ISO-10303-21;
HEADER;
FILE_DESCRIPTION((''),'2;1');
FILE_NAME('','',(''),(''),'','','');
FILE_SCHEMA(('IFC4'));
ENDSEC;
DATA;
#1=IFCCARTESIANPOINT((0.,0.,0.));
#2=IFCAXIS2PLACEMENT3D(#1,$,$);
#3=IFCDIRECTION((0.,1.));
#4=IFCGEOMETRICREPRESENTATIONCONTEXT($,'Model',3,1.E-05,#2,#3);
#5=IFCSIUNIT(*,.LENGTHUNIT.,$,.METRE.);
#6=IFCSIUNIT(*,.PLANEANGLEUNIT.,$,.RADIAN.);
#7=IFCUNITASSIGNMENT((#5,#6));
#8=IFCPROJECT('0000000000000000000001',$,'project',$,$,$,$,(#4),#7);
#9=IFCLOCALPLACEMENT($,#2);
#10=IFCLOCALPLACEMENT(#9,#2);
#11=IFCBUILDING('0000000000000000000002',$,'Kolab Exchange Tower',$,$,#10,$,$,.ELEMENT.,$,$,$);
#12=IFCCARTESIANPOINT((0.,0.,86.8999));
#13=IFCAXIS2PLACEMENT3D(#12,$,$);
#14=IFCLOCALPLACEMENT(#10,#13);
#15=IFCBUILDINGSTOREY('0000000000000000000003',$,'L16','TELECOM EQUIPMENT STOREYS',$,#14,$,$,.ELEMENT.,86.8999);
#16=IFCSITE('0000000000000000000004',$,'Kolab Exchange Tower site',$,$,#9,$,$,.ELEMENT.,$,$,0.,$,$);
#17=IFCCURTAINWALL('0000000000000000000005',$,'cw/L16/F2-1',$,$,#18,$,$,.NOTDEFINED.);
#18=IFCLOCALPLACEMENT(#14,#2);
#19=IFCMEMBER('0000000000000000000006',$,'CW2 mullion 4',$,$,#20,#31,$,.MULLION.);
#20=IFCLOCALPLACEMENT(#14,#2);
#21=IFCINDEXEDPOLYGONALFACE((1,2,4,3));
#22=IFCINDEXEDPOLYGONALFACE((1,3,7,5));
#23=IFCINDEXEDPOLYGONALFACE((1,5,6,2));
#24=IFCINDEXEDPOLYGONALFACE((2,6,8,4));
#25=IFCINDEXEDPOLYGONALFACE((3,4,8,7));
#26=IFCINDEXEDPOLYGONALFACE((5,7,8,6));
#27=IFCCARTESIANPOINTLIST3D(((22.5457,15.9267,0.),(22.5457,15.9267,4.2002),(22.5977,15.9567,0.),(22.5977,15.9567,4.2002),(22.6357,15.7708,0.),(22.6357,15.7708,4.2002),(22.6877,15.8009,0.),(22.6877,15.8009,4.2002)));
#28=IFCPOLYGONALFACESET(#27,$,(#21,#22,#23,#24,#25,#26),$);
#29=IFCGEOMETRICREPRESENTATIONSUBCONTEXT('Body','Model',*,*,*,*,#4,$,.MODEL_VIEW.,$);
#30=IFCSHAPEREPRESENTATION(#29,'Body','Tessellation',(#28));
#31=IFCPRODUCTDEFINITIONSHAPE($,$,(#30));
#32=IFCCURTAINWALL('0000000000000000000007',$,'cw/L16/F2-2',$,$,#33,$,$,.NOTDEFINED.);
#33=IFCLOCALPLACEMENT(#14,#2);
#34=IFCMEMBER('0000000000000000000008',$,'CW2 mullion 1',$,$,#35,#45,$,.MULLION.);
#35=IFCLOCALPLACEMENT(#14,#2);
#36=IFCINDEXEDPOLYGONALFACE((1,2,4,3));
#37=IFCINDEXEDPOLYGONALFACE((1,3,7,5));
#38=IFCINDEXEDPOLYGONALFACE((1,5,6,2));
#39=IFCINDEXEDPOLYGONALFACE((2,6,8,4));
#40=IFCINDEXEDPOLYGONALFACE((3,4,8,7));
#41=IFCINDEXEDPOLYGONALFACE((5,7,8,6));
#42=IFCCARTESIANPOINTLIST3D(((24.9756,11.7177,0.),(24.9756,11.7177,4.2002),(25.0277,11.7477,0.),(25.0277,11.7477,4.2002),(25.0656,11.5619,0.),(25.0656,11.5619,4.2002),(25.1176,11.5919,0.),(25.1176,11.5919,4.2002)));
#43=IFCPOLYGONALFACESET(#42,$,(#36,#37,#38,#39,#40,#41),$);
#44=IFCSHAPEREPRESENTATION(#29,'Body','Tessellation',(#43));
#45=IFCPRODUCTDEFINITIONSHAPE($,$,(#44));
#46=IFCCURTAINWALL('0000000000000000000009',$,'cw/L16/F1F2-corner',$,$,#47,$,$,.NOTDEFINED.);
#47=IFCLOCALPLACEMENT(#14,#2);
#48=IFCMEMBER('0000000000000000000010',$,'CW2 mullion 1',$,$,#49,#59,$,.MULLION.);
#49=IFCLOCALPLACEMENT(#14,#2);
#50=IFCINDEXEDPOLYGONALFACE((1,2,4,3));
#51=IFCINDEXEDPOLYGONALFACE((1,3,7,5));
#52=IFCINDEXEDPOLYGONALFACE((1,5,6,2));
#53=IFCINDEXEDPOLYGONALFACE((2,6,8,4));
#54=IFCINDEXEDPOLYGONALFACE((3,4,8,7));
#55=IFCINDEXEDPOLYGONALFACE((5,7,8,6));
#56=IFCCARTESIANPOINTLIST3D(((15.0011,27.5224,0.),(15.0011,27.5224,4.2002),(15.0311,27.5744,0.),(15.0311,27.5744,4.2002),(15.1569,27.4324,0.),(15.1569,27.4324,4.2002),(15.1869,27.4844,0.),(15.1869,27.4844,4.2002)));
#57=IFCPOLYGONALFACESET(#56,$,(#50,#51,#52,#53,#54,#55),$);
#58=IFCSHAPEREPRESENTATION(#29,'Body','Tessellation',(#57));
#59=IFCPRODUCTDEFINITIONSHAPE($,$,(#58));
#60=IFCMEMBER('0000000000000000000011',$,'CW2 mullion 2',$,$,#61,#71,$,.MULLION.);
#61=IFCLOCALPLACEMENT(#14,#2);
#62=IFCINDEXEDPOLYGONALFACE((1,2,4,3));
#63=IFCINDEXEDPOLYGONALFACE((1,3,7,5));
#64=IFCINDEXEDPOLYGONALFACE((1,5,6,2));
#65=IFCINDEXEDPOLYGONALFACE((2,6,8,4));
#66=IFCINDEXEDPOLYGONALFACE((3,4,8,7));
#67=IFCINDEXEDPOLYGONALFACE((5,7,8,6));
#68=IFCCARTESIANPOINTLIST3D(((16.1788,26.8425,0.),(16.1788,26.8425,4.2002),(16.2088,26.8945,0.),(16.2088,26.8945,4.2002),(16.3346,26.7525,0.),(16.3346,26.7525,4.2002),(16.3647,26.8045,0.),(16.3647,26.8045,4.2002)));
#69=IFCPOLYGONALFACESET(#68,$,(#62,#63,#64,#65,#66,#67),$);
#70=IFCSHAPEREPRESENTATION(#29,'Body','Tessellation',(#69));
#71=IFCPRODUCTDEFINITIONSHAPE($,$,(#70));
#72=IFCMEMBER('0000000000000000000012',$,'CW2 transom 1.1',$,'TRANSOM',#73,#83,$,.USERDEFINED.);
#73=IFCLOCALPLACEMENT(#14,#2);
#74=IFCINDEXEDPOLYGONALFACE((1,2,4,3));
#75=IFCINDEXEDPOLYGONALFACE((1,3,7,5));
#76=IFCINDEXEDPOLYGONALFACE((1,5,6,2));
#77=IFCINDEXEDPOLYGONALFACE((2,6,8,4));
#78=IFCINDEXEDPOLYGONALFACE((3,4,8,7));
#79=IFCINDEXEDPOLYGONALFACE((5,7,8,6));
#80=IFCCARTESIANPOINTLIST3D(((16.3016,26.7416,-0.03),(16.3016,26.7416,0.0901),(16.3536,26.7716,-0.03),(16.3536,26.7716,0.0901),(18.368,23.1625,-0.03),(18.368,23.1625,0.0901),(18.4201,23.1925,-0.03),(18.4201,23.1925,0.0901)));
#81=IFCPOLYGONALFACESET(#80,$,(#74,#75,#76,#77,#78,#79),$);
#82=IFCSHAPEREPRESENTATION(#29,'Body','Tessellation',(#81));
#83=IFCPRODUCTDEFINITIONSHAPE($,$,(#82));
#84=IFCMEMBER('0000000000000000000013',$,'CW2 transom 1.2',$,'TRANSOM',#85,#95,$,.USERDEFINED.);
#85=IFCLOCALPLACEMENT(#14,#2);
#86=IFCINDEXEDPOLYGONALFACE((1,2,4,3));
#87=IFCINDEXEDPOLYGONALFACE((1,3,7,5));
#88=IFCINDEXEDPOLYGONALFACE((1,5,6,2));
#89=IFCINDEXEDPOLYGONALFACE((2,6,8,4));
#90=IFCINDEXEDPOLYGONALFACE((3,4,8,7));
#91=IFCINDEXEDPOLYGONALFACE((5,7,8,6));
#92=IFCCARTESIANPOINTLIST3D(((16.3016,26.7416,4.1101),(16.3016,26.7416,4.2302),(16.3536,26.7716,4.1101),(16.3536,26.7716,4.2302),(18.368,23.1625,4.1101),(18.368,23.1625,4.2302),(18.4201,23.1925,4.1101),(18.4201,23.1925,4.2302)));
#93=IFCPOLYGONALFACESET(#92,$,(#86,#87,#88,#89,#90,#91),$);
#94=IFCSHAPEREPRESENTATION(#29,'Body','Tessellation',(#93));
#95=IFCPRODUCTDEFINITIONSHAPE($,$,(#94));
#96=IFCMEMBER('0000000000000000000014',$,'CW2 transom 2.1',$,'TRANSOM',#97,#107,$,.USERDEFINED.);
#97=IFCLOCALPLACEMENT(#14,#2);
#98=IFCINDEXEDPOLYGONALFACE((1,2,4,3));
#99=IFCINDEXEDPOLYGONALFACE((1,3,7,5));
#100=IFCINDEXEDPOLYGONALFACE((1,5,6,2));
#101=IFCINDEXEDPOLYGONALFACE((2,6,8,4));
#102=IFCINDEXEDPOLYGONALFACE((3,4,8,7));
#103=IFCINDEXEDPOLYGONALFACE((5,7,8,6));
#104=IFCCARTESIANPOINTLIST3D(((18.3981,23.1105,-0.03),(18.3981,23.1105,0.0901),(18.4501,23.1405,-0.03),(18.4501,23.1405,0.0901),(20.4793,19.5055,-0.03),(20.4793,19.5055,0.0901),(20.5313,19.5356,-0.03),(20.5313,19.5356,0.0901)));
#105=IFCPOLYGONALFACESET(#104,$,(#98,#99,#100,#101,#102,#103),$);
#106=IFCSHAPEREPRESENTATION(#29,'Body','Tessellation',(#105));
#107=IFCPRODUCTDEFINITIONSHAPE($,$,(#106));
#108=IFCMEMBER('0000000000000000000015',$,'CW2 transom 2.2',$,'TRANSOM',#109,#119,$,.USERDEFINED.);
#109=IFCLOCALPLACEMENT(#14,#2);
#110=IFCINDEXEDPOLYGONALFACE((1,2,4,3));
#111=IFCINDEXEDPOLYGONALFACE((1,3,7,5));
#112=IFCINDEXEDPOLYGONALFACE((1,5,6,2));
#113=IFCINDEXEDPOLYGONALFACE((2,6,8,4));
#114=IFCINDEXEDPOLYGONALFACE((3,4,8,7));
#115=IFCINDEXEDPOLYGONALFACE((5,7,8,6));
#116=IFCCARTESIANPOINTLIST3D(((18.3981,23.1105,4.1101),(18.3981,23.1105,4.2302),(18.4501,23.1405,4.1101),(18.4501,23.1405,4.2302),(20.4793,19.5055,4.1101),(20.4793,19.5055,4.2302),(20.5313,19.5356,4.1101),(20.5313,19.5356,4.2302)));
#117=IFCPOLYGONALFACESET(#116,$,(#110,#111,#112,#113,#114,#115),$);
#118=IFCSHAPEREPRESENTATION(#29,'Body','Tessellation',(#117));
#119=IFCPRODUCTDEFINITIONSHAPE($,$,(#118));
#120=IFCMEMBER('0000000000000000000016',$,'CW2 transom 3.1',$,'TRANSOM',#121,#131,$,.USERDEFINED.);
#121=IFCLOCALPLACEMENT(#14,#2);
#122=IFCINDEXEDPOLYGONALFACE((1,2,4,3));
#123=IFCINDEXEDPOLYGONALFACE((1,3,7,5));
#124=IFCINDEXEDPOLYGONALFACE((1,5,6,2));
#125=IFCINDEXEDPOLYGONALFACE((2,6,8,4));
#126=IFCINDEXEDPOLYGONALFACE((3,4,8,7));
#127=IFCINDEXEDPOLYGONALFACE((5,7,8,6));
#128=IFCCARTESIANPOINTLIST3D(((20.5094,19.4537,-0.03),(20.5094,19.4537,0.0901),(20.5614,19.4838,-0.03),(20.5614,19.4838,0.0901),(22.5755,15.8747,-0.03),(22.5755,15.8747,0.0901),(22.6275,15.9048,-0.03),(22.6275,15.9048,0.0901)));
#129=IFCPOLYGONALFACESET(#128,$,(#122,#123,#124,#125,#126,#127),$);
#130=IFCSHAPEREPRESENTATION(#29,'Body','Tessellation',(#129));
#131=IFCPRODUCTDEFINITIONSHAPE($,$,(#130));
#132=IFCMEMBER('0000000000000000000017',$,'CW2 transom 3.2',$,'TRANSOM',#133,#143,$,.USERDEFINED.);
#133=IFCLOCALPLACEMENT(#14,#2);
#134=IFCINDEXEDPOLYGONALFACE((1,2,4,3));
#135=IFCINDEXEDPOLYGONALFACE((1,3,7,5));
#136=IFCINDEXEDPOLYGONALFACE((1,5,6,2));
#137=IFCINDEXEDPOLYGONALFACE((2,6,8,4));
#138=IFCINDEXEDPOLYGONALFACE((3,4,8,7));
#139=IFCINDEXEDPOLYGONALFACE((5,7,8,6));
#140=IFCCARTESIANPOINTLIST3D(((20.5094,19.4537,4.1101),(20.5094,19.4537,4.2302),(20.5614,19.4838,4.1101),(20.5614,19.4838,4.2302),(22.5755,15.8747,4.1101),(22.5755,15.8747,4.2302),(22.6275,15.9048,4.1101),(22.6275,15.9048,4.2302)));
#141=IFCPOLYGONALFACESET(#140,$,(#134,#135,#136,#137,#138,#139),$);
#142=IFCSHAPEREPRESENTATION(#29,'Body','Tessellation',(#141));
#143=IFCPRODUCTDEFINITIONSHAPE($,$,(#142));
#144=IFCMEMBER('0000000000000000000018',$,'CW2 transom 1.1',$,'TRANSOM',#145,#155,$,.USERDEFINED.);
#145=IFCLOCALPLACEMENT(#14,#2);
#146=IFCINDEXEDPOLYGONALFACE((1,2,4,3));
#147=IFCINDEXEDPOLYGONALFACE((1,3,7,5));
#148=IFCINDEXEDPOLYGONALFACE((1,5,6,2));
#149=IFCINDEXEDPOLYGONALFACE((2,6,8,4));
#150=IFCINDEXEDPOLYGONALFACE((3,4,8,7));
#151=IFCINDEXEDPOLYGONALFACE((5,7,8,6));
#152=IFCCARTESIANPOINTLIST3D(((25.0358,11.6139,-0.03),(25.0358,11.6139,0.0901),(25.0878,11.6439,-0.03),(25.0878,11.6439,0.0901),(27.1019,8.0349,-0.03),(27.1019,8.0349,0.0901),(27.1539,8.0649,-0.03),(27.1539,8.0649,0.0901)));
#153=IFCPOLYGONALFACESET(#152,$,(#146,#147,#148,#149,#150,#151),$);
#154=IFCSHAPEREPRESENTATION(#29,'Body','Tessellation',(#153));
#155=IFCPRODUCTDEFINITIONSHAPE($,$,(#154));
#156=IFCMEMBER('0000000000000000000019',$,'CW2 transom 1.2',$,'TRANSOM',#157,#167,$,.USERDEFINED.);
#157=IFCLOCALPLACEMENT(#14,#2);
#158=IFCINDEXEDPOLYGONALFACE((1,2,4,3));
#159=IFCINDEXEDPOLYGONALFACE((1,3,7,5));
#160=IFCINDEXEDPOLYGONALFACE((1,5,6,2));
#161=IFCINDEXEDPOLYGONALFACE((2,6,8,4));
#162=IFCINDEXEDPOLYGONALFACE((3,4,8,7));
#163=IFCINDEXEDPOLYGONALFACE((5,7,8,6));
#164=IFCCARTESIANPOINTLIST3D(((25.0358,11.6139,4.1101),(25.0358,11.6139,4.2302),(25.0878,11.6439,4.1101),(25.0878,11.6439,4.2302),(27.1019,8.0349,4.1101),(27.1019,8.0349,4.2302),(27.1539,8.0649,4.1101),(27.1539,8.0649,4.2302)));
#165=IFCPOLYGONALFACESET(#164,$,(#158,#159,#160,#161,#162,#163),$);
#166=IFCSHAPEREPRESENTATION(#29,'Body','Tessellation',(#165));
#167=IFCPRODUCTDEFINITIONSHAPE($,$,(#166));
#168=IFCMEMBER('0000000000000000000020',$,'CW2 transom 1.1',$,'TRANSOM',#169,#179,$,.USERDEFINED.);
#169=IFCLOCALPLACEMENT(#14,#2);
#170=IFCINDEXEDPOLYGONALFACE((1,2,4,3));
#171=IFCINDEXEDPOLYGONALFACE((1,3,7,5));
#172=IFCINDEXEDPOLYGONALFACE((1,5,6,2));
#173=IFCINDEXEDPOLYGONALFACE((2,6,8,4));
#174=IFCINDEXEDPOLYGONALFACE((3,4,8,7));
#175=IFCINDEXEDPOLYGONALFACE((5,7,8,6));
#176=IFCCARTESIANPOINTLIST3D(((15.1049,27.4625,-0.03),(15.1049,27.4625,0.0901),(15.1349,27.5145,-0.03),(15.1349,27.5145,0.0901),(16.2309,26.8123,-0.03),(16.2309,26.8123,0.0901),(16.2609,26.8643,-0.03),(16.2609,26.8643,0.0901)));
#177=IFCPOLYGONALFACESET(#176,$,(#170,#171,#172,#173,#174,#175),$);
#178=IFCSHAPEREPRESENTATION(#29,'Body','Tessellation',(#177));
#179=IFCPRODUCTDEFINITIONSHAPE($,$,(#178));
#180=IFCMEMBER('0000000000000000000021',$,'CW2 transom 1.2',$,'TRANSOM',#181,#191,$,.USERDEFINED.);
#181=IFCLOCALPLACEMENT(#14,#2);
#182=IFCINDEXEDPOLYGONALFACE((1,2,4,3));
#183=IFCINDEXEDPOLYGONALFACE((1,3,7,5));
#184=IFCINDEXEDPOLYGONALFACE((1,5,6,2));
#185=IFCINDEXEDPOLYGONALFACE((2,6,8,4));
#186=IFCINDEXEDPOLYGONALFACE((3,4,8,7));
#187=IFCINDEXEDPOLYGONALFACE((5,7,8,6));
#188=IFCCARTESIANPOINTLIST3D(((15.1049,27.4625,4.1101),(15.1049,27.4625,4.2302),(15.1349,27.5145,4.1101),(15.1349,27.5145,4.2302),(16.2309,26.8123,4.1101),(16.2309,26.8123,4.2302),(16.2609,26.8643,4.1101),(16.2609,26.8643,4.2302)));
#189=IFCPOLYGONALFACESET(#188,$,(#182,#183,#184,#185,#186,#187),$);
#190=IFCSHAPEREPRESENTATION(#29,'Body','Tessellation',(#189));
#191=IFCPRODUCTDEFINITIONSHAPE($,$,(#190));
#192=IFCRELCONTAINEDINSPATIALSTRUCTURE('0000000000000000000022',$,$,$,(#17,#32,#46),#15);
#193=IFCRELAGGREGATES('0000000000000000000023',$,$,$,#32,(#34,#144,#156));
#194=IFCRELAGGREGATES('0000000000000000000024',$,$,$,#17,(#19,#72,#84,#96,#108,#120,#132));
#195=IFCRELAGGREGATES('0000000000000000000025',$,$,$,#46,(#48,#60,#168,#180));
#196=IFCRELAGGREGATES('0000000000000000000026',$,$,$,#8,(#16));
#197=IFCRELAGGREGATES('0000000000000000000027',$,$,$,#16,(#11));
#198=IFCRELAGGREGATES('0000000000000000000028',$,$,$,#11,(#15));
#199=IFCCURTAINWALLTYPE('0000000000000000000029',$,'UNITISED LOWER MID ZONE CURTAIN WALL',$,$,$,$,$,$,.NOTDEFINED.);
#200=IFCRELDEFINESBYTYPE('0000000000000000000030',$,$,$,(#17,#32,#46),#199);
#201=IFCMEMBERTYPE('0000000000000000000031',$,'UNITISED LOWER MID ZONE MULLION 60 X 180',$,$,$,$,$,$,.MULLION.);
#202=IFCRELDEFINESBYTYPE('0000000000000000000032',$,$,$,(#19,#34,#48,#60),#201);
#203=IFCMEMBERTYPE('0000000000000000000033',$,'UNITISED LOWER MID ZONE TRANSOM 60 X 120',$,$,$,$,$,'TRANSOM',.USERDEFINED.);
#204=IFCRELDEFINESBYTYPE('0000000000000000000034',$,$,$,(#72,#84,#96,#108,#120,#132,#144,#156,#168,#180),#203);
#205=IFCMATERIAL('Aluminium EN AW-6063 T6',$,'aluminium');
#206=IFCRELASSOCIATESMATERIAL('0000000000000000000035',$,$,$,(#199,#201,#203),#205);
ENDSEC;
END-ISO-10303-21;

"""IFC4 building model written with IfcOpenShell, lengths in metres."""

from ifc_helpers import new_model, si_unit, direction, frame, origin, origin_2d, place, context, subcontext, project, spatial, rectangle, extrude, material, material_profile, profile_set, type_object, element, aggregate, save


model = new_model("IFC4")

# Units and contexts
model_context = context("Model", 3, precision=1e-05, world=origin(), true_north=direction((0.0, 1.0)))
body_context = subcontext(model_context, "Body", "Model", "MODEL_VIEW")
ifc_project = project(units=[si_unit("LENGTHUNIT", "METRE"), si_unit("PLANEANGLEUNIT", "RADIAN")], contexts=[model_context])

# Site, building, storey
site_placement = place(None, origin())
site = spatial("IfcSite", under=ifc_project, at=site_placement, Name="Kolab Exchange Tower site", CompositionType="ELEMENT", RefElevation=0.0)
building_placement = place(site_placement, origin())
building = spatial("IfcBuilding", under=site, at=building_placement, Name="Kolab Exchange Tower", CompositionType="ELEMENT")
storey_placement = place(building_placement, frame((0.0, 0.0, 86.8999)))
storey = spatial("IfcBuildingStorey", under=building, at=storey_placement, Name="L16", Description="TELECOM EQUIPMENT STOREYS", CompositionType="ELEMENT", Elevation=86.8999)

# Shared definitions
ifc_material_1 = material(Name="Aluminium EN AW-6063 T6", Category="aluminium")
curtain_wall_type = type_object("IfcCurtainWallType", Name="UNITISED LOWER MID ZONE CURTAIN WALL", PredefinedType="NOTDEFINED", material=ifc_material_1)
ifc_material_profile_1 = material_profile(ifc_material_1, rectangle(XDim=0.0601, YDim=0.1799, at=origin_2d()), Name="RECT 60X180")
ifc_profile_set_1 = profile_set([ifc_material_profile_1], Name="Aluminium EN AW-6063 T6")
member_type_1 = type_object("IfcMemberType", Name="UNITISED LOWER MID ZONE MULLION 60 X 180", PredefinedType="MULLION", material=ifc_profile_set_1)

# Curtain wall, member
curtain_wall_1_placement = place(storey_placement, origin())
curtain_wall_1 = element("IfcCurtainWall", 1, at=curtain_wall_1_placement, inside=storey, type_object=curtain_wall_type, Name="cw/L16/F2-1", PredefinedType="NOTDEFINED")
member_1_placement = place(storey_placement, frame((22.6167, 15.8638, 0.0), z_axis=(0.0, 0.0, 1.0), x_axis=(0.866025, 0.5, 0.0)))
member_1 = element("IfcMember", 2, at=member_1_placement, type_object=member_type_1, Name="CW2 mullion 4", PredefinedType="MULLION", context=body_context, shape_type="SweptSolid", body=[
    extrude(rectangle(XDim=0.0601, YDim=0.1799, at=origin_2d()), origin(), (0.0, 0.0, 1.0), 4.2002),
])

# Curtain wall, member
curtain_wall_2_placement = place(storey_placement, origin())
curtain_wall_2 = element("IfcCurtainWall", 3, at=curtain_wall_2_placement, inside=storey, type_object=curtain_wall_type, Name="cw/L16/F2-2", PredefinedType="NOTDEFINED")
member_2_placement = place(storey_placement, frame((25.0466, 11.6548, 0.0), z_axis=(0.0, 0.0, 1.0), x_axis=(0.866025, 0.5, 0.0)))
member_2 = element("IfcMember", 4, at=member_2_placement, type_object=member_type_1, Name="CW2 mullion 1", PredefinedType="MULLION", context=body_context, shape_type="SweptSolid", body=[
    extrude(rectangle(XDim=0.0601, YDim=0.1799, at=origin_2d()), origin(), (0.0, 0.0, 1.0), 4.2002),
])

# Curtain wall, members
curtain_wall_3_placement = place(storey_placement, origin())
curtain_wall_3 = element("IfcCurtainWall", 5, at=curtain_wall_3_placement, inside=storey, type_object=curtain_wall_type, Name="cw/L16/F1F2-corner", PredefinedType="NOTDEFINED")
member_3_placement = place(storey_placement, frame((15.094, 27.5034, 0.0), z_axis=(0.0, 0.0, 1.0), x_axis=(0.5, 0.866025, 0.0)))
member_3 = element("IfcMember", 6, at=member_3_placement, type_object=member_type_1, Name="CW2 mullion 1", PredefinedType="MULLION", context=body_context, shape_type="SweptSolid", body=[
    extrude(rectangle(XDim=0.0601, YDim=0.1799, at=origin_2d()), origin(), (0.0, 0.0, 1.0), 4.2002),
])
member_4_placement = place(storey_placement, frame((16.2717, 26.8235, 0.0), z_axis=(0.0, 0.0, 1.0), x_axis=(0.5, 0.866025, 0.0)))
member_4 = element("IfcMember", 7, at=member_4_placement, type_object=member_type_1, Name="CW2 mullion 2", PredefinedType="MULLION", context=body_context, shape_type="SweptSolid", body=[
    extrude(rectangle(XDim=0.0601, YDim=0.1799, at=origin_2d()), origin(), (0.0, 0.0, 1.0), 4.2002),
])

# Members
ifc_material_profile_2 = material_profile(ifc_material_1, rectangle(XDim=0.0601, YDim=0.1201, at=origin_2d()), Name="RECT 60X120")
ifc_profile_set_2 = profile_set([ifc_material_profile_2], Name="Aluminium EN AW-6063 T6")
member_type_2 = type_object("IfcMemberType", Name="UNITISED LOWER MID ZONE TRANSOM 60 X 120", ElementType="TRANSOM", PredefinedType="USERDEFINED", material=ifc_profile_set_2)
member_5_placement = place(storey_placement, frame((16.3276, 26.7566, 0.03), z_axis=(0.500002, -0.866024, 0.0), x_axis=(0.866024, 0.500002, 0.0)))
member_5 = element("IfcMember", 8, at=member_5_placement, type_object=member_type_2, Name="CW2 transom 1.1", ObjectType="TRANSOM", PredefinedType="USERDEFINED", context=body_context, shape_type="SweptSolid", body=[
    extrude(rectangle(XDim=0.0601, YDim=0.1201, at=origin_2d()), origin(), (0.0, 0.0, 1.0), 4.1328),
])
member_6_placement = place(storey_placement, frame((16.3276, 26.7566, 4.1702), z_axis=(0.500002, -0.866024, 0.0), x_axis=(0.866024, 0.500002, 0.0)))
member_6 = element("IfcMember", 9, at=member_6_placement, type_object=member_type_2, Name="CW2 transom 1.2", ObjectType="TRANSOM", PredefinedType="USERDEFINED", context=body_context, shape_type="SweptSolid", body=[
    extrude(rectangle(XDim=0.0601, YDim=0.1201, at=origin_2d()), origin(), (0.0, 0.0, 1.0), 4.1328),
])
member_7_placement = place(storey_placement, frame((18.4241, 23.1255, 0.03), z_axis=(0.499993, -0.866029, 0.0), x_axis=(0.866029, 0.499993, 0.0)))
member_7 = element("IfcMember", 10, at=member_7_placement, type_object=member_type_2, Name="CW2 transom 2.1", ObjectType="TRANSOM", PredefinedType="USERDEFINED", context=body_context, shape_type="SweptSolid", body=[
    extrude(rectangle(XDim=0.0601, YDim=0.1201, at=origin_2d()), origin(), (0.0, 0.0, 1.0), 4.1626),
])
member_8_placement = place(storey_placement, frame((18.4241, 23.1255, 4.1702), z_axis=(0.499993, -0.866029, 0.0), x_axis=(0.866029, 0.499993, 0.0)))
member_8 = element("IfcMember", 11, at=member_8_placement, type_object=member_type_2, Name="CW2 transom 2.2", ObjectType="TRANSOM", PredefinedType="USERDEFINED", context=body_context, shape_type="SweptSolid", body=[
    extrude(rectangle(XDim=0.0601, YDim=0.1201, at=origin_2d()), origin(), (0.0, 0.0, 1.0), 4.1626),
])
member_9_placement = place(storey_placement, frame((20.5354, 19.4688, 0.03), z_axis=(0.499958, -0.86605, 0.0), x_axis=(0.86605, 0.499958, 0.0)))
member_9 = element("IfcMember", 12, at=member_9_placement, type_object=member_type_2, Name="CW2 transom 3.1", ObjectType="TRANSOM", PredefinedType="USERDEFINED", context=body_context, shape_type="SweptSolid", body=[
    extrude(rectangle(XDim=0.0601, YDim=0.1201, at=origin_2d()), origin(), (0.0, 0.0, 1.0), 4.1326),
])
member_10_placement = place(storey_placement, frame((20.5354, 19.4688, 4.1702), z_axis=(0.499958, -0.86605, 0.0), x_axis=(0.86605, 0.499958, 0.0)))
member_10 = element("IfcMember", 13, at=member_10_placement, type_object=member_type_2, Name="CW2 transom 3.2", ObjectType="TRANSOM", PredefinedType="USERDEFINED", context=body_context, shape_type="SweptSolid", body=[
    extrude(rectangle(XDim=0.0601, YDim=0.1201, at=origin_2d()), origin(), (0.0, 0.0, 1.0), 4.1326),
])
member_11_placement = place(storey_placement, frame((25.0618, 11.6289, 0.03), z_axis=(0.499958, -0.86605, 0.0), x_axis=(0.86605, 0.499958, 0.0)))
member_11 = element("IfcMember", 14, at=member_11_placement, type_object=member_type_2, Name="CW2 transom 1.1", ObjectType="TRANSOM", PredefinedType="USERDEFINED", context=body_context, shape_type="SweptSolid", body=[
    extrude(rectangle(XDim=0.0601, YDim=0.1201, at=origin_2d()), origin(), (0.0, 0.0, 1.0), 4.1326),
])
member_12_placement = place(storey_placement, frame((25.0618, 11.6289, 4.1702), z_axis=(0.499958, -0.86605, 0.0), x_axis=(0.86605, 0.499958, 0.0)))
member_12 = element("IfcMember", 15, at=member_12_placement, type_object=member_type_2, Name="CW2 transom 1.2", ObjectType="TRANSOM", PredefinedType="USERDEFINED", context=body_context, shape_type="SweptSolid", body=[
    extrude(rectangle(XDim=0.0601, YDim=0.1201, at=origin_2d()), origin(), (0.0, 0.0, 1.0), 4.1326),
])
aggregate(curtain_wall_2, [member_2, member_11, member_12])
member_13_placement = place(storey_placement, frame((15.1199, 27.4885, 0.03), z_axis=(0.866004, -0.500037, 0.0), x_axis=(0.500037, 0.866004, 0.0)))
member_13 = element("IfcMember", 16, at=member_13_placement, type_object=member_type_2, Name="CW2 transom 1.1", ObjectType="TRANSOM", PredefinedType="USERDEFINED", context=body_context, shape_type="SweptSolid", body=[
    extrude(rectangle(XDim=0.0601, YDim=0.1201, at=origin_2d()), origin(), (0.0, 0.0, 1.0), 1.3003),
])
member_14_placement = place(storey_placement, frame((15.1199, 27.4885, 4.1702), z_axis=(0.866004, -0.500037, 0.0), x_axis=(0.500037, 0.866004, 0.0)))
member_14 = element("IfcMember", 17, at=member_14_placement, type_object=member_type_2, Name="CW2 transom 1.2", ObjectType="TRANSOM", PredefinedType="USERDEFINED", context=body_context, shape_type="SweptSolid", body=[
    extrude(rectangle(XDim=0.0601, YDim=0.1201, at=origin_2d()), origin(), (0.0, 0.0, 1.0), 1.3003),
])

aggregate(curtain_wall_1, [member_1, member_5, member_6, member_7, member_8, member_9, member_10])
aggregate(curtain_wall_3, [member_3, member_4, member_13, member_14])

save(model, "model.ifc")
